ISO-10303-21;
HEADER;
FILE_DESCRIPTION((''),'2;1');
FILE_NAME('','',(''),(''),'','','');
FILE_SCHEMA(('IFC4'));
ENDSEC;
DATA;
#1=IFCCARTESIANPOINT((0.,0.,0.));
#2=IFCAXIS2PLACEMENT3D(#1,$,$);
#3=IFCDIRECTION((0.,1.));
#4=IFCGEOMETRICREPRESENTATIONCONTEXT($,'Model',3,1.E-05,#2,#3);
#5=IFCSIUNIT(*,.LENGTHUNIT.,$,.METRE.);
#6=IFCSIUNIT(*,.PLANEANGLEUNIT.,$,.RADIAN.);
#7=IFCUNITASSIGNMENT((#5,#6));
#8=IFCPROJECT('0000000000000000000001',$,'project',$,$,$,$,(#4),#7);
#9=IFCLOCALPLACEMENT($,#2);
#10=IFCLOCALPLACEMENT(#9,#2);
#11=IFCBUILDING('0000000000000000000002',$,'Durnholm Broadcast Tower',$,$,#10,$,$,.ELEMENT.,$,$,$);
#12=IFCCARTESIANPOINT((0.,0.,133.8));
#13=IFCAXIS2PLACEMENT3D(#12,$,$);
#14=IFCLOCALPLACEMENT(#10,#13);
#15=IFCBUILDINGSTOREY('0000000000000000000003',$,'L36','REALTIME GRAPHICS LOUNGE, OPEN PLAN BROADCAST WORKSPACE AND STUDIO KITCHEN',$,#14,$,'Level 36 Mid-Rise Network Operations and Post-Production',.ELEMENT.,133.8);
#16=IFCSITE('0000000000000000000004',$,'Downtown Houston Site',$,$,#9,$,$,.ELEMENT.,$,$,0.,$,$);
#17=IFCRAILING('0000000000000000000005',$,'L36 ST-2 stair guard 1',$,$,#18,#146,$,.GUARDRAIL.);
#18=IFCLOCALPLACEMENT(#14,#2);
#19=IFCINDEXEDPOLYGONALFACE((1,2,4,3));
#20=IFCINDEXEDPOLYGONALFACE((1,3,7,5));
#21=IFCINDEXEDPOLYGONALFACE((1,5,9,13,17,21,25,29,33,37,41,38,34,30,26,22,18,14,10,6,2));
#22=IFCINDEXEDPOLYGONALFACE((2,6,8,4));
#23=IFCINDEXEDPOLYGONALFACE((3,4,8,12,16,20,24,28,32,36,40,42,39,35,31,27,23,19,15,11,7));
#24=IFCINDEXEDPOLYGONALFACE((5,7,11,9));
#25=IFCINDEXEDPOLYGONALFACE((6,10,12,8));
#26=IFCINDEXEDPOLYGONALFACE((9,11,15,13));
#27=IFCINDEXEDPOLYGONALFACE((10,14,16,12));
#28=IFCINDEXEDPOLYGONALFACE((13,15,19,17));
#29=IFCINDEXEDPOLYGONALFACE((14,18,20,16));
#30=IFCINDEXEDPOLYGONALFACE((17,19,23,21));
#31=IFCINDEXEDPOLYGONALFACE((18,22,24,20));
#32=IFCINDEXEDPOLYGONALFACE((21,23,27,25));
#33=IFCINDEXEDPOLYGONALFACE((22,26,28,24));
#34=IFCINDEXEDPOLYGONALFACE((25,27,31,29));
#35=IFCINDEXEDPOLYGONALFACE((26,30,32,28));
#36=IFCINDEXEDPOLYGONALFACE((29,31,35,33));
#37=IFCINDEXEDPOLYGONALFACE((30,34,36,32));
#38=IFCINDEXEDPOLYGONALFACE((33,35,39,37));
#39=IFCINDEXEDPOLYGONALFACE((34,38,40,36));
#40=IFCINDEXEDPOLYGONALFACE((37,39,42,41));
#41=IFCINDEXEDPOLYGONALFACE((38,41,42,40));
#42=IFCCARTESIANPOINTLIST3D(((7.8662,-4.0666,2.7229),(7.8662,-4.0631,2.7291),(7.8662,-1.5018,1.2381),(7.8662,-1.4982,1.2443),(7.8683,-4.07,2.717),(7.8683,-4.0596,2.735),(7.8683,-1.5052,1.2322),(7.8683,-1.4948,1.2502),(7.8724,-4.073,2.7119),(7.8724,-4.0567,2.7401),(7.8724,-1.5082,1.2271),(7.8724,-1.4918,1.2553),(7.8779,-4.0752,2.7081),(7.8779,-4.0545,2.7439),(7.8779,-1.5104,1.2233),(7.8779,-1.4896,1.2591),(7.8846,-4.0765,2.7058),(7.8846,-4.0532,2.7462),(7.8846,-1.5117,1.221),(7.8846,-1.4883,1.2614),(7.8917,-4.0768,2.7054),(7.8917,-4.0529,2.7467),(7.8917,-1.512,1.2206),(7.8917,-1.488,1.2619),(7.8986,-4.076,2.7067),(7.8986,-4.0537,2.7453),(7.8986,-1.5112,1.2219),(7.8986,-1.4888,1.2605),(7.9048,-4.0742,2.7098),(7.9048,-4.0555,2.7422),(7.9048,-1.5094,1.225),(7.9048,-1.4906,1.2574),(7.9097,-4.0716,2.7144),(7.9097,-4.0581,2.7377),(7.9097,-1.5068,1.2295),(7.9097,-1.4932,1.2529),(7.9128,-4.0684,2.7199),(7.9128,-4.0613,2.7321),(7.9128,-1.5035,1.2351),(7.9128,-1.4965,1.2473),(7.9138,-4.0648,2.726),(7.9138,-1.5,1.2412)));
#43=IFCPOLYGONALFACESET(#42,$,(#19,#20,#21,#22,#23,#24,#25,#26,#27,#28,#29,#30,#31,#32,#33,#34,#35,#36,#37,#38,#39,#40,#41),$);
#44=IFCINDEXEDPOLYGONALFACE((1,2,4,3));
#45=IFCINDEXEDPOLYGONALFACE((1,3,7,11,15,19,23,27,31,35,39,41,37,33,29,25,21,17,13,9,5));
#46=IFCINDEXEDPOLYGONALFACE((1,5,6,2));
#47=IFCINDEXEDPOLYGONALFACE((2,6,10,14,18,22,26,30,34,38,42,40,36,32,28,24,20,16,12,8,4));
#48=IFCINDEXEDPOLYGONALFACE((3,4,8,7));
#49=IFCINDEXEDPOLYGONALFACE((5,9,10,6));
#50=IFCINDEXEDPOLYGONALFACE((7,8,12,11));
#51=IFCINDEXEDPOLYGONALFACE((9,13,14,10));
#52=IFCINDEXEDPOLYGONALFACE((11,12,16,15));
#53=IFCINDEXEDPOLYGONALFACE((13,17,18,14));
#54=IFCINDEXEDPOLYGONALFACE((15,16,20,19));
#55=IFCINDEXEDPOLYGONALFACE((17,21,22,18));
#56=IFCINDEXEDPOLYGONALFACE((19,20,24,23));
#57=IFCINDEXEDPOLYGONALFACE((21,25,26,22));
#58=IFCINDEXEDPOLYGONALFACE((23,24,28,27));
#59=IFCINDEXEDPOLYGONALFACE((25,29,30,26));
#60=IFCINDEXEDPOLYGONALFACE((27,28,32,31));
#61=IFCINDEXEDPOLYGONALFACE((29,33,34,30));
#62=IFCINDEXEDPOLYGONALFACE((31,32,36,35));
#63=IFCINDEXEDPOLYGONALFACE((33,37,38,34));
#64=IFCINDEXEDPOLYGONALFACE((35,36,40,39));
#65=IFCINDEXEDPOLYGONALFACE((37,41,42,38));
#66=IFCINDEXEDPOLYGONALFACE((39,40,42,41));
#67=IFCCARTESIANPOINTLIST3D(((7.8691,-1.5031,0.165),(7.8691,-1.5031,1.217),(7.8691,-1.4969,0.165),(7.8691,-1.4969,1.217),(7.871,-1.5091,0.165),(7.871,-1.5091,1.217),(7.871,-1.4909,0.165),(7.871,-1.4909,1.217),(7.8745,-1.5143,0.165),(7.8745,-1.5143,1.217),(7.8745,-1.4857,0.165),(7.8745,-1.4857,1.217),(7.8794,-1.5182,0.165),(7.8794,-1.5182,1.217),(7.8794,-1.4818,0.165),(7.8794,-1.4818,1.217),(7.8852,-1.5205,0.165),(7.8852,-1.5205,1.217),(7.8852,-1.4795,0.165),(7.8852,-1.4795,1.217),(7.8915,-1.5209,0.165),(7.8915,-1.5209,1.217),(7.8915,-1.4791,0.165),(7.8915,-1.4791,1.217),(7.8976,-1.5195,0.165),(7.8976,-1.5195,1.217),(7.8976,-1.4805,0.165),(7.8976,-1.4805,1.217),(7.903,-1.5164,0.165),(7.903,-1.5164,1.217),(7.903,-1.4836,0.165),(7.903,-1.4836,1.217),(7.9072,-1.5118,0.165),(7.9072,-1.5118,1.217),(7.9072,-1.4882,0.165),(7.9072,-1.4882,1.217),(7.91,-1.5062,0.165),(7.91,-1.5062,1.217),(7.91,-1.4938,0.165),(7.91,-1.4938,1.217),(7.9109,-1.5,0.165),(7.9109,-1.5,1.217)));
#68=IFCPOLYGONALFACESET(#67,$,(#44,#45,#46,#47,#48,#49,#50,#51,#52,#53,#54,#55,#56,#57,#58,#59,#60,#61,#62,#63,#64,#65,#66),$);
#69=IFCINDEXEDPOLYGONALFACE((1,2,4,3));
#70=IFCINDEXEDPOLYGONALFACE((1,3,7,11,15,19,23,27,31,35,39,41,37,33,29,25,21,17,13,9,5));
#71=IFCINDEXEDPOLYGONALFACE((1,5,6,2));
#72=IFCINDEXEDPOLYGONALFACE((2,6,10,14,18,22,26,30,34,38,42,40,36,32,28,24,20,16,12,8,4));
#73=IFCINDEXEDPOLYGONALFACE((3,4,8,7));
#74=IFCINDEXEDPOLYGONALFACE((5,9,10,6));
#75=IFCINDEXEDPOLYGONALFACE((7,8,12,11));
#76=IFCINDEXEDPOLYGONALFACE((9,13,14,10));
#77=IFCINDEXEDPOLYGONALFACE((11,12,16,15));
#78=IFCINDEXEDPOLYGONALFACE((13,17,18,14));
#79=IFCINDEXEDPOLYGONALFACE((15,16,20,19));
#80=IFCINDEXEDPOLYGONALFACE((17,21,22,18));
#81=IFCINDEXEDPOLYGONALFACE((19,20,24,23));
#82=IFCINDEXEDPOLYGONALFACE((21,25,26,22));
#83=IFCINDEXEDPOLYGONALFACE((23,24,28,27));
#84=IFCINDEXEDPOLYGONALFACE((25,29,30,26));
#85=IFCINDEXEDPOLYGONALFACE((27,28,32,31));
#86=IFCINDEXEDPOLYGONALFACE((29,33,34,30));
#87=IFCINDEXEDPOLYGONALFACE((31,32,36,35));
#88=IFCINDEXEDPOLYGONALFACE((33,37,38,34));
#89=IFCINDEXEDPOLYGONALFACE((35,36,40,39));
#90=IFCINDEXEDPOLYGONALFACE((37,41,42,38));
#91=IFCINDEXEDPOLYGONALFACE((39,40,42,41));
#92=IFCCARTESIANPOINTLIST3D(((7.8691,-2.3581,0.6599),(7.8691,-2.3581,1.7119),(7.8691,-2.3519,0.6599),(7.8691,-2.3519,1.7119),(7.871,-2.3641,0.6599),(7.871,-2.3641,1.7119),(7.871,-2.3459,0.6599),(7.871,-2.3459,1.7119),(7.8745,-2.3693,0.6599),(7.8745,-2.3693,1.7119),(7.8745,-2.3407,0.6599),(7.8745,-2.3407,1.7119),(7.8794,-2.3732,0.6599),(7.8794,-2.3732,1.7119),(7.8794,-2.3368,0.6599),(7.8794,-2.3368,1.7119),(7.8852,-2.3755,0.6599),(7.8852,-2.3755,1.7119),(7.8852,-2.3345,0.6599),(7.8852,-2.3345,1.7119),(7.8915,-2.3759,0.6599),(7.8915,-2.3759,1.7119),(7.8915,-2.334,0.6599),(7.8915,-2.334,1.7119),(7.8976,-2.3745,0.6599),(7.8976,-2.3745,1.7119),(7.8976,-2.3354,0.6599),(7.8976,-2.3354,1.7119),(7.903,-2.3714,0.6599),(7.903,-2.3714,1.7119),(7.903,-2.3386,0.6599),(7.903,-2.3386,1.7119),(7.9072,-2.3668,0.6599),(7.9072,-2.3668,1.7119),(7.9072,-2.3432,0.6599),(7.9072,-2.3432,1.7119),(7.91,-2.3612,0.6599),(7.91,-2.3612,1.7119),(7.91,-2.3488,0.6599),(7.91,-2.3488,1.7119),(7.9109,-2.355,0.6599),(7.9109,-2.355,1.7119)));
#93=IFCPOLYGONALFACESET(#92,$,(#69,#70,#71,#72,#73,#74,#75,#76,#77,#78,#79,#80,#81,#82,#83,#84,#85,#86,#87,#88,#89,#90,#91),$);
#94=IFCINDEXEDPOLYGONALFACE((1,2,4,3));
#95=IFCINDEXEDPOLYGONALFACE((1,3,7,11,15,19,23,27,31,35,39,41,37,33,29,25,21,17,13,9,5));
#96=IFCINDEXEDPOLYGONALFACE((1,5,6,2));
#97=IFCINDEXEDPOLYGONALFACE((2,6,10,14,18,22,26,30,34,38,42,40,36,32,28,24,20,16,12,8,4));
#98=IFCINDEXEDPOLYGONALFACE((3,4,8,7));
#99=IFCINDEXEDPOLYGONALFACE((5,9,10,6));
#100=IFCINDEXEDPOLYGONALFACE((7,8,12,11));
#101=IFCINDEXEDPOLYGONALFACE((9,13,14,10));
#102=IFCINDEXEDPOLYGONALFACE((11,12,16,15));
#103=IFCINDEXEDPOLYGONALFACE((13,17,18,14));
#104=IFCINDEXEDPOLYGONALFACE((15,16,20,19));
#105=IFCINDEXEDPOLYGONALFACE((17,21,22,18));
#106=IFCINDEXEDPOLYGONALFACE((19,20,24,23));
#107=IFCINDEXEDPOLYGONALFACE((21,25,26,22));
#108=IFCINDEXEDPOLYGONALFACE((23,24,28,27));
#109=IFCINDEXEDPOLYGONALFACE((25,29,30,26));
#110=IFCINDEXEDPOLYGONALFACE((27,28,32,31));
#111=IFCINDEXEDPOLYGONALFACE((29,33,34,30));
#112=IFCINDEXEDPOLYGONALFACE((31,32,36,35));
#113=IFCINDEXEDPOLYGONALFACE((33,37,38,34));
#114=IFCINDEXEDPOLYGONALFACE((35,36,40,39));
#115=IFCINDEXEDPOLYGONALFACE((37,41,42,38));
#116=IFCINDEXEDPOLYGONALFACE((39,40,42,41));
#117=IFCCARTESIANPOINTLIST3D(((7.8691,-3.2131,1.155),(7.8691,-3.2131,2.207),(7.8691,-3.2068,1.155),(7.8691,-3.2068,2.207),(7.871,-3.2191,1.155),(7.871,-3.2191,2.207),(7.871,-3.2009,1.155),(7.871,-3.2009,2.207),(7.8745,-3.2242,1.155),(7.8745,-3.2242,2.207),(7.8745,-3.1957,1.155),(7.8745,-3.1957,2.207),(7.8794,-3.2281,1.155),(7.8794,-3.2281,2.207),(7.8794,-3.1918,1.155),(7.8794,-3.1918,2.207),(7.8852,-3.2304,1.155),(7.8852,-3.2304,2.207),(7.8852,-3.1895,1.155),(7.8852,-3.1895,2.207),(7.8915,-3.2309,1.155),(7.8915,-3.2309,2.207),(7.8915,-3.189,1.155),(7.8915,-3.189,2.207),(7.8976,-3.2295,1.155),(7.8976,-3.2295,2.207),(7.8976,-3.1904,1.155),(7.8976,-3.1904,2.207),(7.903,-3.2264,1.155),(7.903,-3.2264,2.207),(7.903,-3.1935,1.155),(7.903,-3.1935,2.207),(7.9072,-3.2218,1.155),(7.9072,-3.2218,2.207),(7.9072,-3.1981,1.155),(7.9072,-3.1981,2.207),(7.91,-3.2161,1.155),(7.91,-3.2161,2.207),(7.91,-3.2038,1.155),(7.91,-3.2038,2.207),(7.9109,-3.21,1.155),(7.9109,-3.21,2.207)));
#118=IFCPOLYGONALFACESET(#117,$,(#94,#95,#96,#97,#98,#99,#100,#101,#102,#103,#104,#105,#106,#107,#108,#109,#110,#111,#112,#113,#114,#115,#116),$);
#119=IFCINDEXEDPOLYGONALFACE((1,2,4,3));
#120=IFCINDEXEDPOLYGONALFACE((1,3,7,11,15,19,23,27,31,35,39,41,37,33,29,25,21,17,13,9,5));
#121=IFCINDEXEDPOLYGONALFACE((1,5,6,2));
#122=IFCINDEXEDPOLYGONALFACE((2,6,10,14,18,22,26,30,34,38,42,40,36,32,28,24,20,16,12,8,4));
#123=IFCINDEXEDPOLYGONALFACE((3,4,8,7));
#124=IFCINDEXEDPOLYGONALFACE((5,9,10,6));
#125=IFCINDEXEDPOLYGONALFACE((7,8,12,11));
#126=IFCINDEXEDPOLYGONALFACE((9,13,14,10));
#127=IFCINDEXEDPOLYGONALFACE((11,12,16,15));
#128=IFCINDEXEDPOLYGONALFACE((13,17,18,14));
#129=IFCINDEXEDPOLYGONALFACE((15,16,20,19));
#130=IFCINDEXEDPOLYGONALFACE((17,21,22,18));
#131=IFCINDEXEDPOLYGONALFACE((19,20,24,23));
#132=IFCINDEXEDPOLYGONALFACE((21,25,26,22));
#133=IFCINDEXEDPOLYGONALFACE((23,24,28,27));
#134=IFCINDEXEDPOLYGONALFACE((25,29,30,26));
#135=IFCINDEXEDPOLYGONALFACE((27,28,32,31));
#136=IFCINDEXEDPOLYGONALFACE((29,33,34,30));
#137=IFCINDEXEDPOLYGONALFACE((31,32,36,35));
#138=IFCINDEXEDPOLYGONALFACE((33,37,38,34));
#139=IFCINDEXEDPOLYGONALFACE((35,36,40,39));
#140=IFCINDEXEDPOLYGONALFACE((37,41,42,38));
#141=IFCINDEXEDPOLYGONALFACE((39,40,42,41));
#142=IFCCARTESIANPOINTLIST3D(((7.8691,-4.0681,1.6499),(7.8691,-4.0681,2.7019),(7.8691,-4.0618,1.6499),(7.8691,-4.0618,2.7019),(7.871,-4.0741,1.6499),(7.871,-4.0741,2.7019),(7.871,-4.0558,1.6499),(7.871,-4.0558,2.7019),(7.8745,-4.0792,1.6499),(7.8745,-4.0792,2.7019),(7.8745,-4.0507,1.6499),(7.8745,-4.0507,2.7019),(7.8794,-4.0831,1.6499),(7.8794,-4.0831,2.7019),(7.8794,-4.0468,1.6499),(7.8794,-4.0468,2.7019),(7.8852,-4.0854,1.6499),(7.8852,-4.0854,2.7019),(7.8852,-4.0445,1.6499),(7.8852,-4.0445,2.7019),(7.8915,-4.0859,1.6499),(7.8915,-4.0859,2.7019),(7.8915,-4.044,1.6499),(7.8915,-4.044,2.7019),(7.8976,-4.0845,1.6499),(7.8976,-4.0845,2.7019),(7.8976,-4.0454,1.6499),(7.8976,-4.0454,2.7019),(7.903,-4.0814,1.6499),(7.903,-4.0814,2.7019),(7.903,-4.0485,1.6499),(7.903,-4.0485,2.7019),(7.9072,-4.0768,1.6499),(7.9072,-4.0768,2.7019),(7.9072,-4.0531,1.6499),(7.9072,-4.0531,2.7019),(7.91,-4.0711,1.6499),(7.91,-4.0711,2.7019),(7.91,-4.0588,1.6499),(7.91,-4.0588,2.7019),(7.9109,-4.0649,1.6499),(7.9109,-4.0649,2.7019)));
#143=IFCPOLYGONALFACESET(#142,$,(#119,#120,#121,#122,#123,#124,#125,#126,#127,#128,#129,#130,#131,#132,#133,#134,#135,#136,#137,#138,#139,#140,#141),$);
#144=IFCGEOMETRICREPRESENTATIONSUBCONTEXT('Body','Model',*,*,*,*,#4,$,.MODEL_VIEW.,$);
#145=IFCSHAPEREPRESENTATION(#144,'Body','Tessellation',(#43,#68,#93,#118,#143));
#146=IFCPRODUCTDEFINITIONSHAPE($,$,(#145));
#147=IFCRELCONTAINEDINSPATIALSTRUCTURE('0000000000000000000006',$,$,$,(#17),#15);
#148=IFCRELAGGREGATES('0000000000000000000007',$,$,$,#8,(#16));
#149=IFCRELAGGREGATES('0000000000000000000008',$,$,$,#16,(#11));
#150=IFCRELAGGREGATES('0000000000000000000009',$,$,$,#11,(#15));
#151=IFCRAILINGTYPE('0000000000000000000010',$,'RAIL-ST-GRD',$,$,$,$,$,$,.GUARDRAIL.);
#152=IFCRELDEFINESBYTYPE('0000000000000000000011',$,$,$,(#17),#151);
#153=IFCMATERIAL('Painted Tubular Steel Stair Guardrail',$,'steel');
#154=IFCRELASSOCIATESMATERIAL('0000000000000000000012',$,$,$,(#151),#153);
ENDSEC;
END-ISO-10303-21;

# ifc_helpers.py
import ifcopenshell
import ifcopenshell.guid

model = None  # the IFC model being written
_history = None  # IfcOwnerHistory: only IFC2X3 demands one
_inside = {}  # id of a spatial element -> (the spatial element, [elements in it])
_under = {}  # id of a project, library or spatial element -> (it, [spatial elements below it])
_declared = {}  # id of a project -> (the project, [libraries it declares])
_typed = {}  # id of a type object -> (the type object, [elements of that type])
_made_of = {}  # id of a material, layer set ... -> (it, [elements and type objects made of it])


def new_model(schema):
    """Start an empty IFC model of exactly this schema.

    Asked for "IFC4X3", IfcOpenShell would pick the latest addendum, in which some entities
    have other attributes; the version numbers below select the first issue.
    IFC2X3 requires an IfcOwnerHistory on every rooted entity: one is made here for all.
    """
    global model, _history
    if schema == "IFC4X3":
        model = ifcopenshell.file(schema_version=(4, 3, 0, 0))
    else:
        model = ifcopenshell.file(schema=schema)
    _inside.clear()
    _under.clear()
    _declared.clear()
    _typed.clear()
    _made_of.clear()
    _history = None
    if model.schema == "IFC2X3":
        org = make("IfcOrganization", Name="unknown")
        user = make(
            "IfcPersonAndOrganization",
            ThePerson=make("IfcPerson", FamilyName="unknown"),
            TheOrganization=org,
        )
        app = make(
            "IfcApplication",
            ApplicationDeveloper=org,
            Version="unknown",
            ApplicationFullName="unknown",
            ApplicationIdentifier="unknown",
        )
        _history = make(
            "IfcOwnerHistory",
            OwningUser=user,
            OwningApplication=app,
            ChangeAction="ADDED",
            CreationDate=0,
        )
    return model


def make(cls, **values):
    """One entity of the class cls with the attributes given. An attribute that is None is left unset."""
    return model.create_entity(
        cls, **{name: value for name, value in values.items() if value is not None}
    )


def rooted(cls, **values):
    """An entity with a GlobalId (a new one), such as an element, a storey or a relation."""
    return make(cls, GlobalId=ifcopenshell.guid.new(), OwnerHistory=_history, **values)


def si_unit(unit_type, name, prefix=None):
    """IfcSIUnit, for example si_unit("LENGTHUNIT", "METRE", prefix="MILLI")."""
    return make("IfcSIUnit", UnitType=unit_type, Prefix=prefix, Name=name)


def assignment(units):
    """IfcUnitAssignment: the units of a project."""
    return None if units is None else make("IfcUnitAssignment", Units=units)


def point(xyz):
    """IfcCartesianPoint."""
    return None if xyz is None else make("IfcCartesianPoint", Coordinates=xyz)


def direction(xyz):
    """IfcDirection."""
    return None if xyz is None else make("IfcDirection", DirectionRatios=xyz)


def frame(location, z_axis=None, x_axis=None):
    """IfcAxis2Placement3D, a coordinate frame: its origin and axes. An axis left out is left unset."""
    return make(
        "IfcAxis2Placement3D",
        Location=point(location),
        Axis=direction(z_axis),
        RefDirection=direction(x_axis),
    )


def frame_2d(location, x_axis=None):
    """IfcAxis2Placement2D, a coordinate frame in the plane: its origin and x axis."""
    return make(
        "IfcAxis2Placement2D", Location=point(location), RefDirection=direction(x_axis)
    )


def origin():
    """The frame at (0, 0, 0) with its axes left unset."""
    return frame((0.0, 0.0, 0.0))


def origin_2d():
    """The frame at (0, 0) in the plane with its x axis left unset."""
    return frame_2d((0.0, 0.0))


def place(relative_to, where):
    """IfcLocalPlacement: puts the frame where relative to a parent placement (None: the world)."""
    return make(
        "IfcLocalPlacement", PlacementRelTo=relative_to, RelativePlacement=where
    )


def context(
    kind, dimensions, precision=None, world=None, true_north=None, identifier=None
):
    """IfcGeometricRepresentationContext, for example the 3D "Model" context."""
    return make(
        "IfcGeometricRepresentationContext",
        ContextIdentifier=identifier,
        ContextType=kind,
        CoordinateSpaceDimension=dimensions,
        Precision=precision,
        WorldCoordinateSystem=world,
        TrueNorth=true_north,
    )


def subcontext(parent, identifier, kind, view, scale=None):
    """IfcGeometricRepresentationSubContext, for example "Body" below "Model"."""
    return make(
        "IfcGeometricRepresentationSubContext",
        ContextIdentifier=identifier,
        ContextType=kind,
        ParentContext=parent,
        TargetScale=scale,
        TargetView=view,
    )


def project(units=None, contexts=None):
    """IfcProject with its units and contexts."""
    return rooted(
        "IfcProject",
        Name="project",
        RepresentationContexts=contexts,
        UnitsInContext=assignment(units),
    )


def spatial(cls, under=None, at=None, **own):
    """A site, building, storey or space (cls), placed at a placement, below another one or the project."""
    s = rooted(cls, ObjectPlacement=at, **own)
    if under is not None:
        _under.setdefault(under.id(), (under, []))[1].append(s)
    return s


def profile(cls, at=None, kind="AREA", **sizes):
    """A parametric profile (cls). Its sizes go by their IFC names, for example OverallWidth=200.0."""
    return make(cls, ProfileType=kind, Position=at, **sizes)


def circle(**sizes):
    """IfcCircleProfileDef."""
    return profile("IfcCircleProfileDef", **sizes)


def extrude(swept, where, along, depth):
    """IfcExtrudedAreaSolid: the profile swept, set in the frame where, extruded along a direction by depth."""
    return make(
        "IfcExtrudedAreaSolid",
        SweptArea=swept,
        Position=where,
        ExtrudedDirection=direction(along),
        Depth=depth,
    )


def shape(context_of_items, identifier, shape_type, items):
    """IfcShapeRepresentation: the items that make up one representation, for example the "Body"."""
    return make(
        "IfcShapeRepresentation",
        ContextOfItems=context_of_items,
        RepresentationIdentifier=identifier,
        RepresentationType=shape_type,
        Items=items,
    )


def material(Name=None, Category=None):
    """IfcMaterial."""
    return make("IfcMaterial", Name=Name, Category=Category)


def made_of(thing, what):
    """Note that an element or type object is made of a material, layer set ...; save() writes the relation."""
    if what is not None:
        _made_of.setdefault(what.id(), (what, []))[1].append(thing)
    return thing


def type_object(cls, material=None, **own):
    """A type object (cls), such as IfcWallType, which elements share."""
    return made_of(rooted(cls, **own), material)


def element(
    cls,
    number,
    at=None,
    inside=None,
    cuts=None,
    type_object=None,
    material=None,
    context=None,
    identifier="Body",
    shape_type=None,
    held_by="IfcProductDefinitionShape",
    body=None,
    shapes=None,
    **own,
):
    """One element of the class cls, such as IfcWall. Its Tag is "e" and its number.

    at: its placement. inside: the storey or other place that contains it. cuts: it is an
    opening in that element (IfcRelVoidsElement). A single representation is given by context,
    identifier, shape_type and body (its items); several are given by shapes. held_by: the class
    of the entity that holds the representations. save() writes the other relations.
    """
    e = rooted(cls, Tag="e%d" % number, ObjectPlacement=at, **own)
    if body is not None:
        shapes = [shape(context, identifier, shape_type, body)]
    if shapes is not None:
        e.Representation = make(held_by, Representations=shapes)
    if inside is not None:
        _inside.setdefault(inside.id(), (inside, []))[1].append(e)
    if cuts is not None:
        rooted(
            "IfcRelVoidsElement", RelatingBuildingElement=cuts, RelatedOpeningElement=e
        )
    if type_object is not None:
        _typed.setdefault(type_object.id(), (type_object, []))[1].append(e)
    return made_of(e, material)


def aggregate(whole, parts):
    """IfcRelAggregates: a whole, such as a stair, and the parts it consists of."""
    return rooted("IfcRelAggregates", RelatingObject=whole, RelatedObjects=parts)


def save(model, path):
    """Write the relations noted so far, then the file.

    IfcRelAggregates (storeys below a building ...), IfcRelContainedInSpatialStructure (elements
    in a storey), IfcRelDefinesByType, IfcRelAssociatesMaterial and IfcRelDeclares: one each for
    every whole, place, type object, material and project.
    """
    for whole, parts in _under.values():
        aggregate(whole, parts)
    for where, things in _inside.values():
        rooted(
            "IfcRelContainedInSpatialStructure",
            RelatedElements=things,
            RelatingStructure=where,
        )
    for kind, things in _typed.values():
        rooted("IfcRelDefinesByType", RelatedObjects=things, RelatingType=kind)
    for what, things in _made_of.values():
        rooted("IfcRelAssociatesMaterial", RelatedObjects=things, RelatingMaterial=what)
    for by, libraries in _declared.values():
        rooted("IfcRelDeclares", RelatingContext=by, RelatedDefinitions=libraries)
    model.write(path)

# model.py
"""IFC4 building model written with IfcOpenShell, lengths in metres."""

from ifc_helpers import new_model, si_unit, direction, frame, origin, origin_2d, place, context, subcontext, project, spatial, circle, extrude, material, type_object, element, save


model = new_model("IFC4")

# Units and contexts
model_context = context("Model", 3, precision=1e-05, world=origin(), true_north=direction((0.0, 1.0)))
body_context = subcontext(model_context, "Body", "Model", "MODEL_VIEW")
ifc_project = project(units=[si_unit("LENGTHUNIT", "METRE"), si_unit("PLANEANGLEUNIT", "RADIAN")], contexts=[model_context])

# Site, building, storey
site_placement = place(None, origin())
site = spatial("IfcSite", under=ifc_project, at=site_placement, Name="Downtown Houston Site", CompositionType="ELEMENT", RefElevation=0.0)
building_placement = place(site_placement, origin())
building = spatial("IfcBuilding", under=site, at=building_placement, Name="Durnholm Broadcast Tower", CompositionType="ELEMENT")
storey_placement = place(building_placement, frame((0.0, 0.0, 133.8)))
storey = spatial("IfcBuildingStorey", under=building, at=storey_placement, Name="L36", Description="REALTIME GRAPHICS LOUNGE, OPEN PLAN BROADCAST WORKSPACE AND STUDIO KITCHEN", LongName="Level 36 Mid-Rise Network Operations and Post-Production", CompositionType="ELEMENT", Elevation=133.8)

# Railing
ifc_material_1 = material(Name="Painted Tubular Steel Stair Guardrail", Category="steel")
railing_type_1 = type_object("IfcRailingType", Name="RAIL-ST-GRD", PredefinedType="GUARDRAIL", material=ifc_material_1)
railing_1_placement = place(storey_placement, frame((7.8899, -1.5, 0.165)))
element("IfcRailing", 1, at=railing_1_placement, inside=storey, type_object=railing_type_1, Name="L36 ST-2 stair guard 1", PredefinedType="GUARDRAIL", context=body_context, shape_type="SweptSolid", body=[
    extrude(circle(Radius=0.0239, at=origin_2d()), frame((0.0, 0.0, 1.0762), z_axis=(0.0, -0.865441, 0.50101), x_axis=(1.0, 0.0, 0.0)), (0.0, 0.0, 1.0), 2.9636),
    extrude(circle(Radius=0.021, at=origin_2d()), origin(), (0.0, 0.0, 1.0), 1.052),
    extrude(circle(Radius=0.021, at=origin_2d()), frame((0.0, -0.855, 0.4949)), (0.0, 0.0, 1.0), 1.052),
    extrude(circle(Radius=0.021, at=origin_2d()), frame((0.0, -1.71, 0.99)), (0.0, 0.0, 1.0), 1.052),
    extrude(circle(Radius=0.021, at=origin_2d()), frame((0.0, -2.5649, 1.4849)), (0.0, 0.0, 1.0), 1.052),
])

save(model, "model.ifc")
